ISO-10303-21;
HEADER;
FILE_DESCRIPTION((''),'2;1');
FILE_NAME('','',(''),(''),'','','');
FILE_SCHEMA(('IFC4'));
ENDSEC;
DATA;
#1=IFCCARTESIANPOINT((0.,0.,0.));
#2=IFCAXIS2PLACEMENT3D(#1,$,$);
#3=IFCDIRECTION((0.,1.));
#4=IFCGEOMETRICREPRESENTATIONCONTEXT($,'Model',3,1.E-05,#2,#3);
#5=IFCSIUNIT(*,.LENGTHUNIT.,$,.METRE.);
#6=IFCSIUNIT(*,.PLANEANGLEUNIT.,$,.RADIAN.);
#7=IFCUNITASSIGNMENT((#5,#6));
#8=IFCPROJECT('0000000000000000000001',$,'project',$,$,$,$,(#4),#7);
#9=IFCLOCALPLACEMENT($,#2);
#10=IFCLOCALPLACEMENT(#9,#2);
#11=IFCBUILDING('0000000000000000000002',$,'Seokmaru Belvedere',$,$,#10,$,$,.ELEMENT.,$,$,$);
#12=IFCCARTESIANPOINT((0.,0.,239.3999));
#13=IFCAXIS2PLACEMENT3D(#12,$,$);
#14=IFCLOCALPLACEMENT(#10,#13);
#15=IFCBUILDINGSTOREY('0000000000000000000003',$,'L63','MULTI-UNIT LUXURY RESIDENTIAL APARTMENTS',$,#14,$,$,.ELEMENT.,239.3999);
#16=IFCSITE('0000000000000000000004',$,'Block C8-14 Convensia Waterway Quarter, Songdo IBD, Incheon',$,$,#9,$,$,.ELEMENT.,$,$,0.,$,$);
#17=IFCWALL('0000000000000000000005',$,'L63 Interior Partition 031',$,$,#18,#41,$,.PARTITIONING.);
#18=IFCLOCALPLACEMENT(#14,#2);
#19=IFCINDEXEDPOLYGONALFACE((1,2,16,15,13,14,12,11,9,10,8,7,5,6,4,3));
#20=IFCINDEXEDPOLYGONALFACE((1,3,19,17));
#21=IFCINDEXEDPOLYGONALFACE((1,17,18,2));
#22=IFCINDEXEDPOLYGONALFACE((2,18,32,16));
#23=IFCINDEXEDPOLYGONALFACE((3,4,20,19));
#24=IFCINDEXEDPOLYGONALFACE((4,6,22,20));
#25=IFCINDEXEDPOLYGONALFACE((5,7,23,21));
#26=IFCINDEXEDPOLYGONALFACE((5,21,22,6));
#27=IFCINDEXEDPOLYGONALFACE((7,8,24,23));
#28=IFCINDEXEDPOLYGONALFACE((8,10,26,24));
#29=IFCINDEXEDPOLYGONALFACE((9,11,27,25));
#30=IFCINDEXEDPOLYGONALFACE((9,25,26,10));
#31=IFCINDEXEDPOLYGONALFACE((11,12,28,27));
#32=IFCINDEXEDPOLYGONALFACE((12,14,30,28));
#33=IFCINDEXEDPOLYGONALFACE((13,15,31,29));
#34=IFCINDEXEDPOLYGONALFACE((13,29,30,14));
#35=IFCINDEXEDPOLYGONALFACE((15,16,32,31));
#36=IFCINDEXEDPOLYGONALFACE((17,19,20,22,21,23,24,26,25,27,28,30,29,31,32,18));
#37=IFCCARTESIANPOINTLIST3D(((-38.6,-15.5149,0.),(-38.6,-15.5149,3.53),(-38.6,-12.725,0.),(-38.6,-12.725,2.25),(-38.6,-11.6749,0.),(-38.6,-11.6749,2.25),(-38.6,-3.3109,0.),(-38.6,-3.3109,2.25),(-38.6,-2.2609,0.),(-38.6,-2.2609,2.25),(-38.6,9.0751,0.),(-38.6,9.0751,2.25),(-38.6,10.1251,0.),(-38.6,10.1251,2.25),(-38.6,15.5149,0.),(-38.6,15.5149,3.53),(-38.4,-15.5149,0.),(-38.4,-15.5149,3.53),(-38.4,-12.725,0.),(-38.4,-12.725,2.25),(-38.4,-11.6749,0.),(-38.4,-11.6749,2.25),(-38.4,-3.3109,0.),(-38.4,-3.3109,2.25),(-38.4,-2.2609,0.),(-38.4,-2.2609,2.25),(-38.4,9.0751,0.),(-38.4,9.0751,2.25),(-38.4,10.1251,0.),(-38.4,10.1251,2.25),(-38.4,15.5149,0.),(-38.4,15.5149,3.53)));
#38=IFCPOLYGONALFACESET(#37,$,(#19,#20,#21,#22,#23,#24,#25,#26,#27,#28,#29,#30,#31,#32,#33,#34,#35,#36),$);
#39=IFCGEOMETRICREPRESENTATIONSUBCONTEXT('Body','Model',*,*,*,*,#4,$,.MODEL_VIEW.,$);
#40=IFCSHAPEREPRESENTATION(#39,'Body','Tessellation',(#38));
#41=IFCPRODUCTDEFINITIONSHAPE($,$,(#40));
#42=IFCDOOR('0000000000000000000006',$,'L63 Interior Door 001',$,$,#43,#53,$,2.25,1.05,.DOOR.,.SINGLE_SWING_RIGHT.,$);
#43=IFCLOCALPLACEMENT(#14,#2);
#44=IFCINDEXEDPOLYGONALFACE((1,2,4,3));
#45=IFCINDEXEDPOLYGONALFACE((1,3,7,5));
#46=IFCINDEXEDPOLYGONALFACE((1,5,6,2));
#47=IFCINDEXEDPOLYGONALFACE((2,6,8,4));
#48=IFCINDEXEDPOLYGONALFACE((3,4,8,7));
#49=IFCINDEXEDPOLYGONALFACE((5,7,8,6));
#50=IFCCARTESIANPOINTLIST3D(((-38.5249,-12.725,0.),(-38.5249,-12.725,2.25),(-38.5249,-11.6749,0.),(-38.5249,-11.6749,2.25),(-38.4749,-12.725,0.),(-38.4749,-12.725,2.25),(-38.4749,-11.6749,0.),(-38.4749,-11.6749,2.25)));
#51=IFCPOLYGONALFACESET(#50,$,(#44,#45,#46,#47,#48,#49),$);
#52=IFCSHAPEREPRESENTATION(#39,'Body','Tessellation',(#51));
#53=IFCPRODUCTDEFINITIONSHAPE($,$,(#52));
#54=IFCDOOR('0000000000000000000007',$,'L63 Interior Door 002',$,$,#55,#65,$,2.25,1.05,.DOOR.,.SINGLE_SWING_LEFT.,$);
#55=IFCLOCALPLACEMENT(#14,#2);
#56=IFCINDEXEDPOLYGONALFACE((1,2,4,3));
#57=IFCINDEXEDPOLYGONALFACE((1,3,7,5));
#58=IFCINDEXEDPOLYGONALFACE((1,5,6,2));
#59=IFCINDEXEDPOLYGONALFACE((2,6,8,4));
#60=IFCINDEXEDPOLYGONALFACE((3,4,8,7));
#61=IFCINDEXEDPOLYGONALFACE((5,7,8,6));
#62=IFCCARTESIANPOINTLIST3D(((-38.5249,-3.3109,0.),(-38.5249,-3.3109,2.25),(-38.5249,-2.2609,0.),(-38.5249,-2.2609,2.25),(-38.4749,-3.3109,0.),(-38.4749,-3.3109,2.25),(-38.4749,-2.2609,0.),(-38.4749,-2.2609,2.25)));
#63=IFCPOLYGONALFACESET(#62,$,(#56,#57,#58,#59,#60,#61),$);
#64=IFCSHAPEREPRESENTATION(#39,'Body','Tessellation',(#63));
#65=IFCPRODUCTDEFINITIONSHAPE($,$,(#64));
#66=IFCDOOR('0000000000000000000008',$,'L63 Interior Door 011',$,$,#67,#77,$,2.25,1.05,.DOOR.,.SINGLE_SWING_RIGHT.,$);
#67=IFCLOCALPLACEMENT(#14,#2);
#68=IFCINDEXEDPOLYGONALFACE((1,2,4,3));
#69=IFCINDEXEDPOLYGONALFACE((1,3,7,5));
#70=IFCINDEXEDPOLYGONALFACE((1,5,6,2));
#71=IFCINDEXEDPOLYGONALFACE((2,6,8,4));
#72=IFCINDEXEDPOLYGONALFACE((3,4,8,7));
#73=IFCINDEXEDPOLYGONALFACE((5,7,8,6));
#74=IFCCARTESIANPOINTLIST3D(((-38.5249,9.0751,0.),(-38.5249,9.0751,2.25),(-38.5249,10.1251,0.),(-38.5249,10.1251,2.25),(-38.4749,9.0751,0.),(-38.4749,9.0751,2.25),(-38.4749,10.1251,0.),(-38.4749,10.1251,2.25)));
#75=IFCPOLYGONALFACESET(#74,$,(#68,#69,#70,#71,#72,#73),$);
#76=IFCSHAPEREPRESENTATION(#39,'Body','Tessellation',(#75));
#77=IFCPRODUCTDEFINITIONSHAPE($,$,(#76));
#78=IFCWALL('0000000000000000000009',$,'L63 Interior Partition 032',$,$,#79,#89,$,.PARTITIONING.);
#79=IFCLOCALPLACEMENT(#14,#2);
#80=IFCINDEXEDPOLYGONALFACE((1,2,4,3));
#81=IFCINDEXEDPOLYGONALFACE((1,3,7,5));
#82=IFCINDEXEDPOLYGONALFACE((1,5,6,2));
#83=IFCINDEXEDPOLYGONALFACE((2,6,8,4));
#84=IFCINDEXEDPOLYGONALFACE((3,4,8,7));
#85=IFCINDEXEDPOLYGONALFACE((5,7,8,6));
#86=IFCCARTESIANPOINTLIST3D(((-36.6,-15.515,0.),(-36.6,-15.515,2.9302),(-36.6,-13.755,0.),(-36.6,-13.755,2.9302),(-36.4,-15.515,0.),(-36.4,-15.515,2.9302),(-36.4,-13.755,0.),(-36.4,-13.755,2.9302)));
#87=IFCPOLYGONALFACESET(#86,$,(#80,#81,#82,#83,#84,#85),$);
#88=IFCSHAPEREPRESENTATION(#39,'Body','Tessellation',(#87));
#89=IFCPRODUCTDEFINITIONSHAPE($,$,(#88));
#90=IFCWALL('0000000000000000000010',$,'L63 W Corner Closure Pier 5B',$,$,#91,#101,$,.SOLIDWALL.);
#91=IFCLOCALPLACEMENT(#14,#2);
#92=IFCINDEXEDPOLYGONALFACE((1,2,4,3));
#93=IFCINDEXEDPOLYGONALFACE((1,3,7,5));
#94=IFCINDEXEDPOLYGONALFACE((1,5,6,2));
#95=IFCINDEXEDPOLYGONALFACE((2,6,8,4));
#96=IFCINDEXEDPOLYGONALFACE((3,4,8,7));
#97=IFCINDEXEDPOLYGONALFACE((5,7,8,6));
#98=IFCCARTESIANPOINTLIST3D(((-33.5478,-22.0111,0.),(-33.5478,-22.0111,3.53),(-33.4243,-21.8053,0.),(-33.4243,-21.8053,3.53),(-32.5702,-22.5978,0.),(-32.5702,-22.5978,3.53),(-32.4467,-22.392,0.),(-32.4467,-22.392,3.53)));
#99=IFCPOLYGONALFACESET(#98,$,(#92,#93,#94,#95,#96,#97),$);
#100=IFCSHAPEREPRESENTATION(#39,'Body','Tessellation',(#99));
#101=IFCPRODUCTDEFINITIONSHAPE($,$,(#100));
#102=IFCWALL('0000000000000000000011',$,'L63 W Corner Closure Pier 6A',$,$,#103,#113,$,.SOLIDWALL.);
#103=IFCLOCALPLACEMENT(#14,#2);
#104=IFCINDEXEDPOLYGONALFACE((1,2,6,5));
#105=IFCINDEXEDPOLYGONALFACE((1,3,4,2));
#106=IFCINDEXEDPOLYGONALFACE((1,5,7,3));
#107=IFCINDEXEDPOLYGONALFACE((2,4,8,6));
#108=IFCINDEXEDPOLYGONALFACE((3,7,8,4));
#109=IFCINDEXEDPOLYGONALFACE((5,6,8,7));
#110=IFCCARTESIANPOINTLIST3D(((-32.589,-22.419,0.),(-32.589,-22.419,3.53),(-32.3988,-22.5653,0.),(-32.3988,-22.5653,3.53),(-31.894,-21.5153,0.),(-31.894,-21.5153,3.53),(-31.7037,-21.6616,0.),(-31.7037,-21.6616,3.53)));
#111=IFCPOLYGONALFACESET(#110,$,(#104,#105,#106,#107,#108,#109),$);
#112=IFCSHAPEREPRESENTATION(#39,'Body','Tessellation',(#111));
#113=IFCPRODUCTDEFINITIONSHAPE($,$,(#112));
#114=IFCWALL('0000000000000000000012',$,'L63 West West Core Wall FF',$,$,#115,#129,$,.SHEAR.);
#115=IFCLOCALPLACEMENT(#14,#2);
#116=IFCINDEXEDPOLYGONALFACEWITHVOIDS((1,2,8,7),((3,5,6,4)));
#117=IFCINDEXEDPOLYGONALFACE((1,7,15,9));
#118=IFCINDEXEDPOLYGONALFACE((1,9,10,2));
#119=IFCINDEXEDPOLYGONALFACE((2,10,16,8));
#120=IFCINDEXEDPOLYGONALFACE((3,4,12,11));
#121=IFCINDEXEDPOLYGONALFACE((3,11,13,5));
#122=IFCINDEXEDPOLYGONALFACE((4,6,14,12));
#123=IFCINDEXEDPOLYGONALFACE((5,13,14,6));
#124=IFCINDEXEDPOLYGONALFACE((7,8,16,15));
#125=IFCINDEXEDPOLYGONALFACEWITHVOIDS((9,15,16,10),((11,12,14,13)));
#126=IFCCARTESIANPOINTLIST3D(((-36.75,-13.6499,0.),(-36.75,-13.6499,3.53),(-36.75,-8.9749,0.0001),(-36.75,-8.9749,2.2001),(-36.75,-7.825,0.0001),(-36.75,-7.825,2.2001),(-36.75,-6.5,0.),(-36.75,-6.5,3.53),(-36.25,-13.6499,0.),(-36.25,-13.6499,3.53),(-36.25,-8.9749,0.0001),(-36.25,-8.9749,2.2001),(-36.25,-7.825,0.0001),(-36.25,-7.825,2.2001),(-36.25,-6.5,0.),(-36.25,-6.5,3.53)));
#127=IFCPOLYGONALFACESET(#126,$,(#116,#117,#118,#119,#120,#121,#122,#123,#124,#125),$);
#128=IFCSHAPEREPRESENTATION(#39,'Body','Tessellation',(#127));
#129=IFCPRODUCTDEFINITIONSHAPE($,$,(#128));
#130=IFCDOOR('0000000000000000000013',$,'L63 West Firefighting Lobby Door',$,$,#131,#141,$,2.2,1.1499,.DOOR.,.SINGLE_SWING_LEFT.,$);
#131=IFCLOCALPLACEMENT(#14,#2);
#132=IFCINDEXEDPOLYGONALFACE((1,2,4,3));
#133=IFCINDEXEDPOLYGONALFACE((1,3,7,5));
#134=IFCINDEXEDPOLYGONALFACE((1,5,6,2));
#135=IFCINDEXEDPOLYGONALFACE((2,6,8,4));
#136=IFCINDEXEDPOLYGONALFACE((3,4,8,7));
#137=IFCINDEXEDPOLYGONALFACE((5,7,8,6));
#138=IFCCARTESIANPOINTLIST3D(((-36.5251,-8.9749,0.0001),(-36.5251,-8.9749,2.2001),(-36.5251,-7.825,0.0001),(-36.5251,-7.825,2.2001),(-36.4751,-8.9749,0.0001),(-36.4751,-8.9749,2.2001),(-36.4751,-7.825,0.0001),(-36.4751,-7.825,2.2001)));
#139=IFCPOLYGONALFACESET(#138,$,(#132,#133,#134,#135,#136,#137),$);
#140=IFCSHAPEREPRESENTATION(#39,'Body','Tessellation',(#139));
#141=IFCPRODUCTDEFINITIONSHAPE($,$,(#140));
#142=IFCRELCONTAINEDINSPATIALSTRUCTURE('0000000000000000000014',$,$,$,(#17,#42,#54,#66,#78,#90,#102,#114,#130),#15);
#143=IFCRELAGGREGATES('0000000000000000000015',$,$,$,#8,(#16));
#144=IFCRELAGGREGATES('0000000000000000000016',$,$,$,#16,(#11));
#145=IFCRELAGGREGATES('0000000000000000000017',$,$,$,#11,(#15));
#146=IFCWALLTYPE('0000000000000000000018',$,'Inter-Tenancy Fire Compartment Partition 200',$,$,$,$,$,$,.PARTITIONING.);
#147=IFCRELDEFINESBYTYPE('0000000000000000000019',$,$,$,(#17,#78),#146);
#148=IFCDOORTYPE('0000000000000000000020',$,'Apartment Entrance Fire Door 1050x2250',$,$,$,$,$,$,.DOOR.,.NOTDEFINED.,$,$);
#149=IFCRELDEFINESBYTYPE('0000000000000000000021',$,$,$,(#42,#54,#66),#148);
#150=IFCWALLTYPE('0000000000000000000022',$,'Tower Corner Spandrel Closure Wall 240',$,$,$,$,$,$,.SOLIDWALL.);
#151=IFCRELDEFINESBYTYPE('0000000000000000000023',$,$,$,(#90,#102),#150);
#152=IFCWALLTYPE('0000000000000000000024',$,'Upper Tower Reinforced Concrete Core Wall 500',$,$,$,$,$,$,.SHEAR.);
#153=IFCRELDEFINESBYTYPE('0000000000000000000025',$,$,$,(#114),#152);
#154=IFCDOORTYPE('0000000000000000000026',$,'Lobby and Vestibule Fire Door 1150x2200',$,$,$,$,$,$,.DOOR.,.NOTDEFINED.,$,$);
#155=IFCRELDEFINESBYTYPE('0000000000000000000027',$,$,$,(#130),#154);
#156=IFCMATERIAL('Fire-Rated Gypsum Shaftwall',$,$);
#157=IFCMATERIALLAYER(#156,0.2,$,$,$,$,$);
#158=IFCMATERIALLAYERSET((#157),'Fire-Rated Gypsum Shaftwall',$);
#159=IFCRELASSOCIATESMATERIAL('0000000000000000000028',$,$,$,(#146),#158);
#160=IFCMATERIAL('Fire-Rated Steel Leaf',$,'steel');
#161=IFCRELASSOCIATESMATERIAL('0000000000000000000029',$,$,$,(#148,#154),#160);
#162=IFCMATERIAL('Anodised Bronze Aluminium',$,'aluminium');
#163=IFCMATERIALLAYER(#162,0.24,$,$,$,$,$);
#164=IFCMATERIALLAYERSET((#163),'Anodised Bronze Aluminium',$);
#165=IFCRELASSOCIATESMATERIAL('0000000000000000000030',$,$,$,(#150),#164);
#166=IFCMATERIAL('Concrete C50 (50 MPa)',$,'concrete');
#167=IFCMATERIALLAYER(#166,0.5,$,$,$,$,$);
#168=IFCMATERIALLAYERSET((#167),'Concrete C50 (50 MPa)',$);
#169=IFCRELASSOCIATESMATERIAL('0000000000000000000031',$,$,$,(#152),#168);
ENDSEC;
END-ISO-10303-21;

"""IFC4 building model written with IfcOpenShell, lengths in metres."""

from ifc_helpers import new_model, si_unit, direction, frame, frame_2d, origin, place, context, subcontext, project, spatial, rectangle, extrude, source, transform, mapped, material, layer, layer_set, type_object, type_shapes, element, fill, save


model = new_model("IFC4")

# Units and contexts
model_context = context("Model", 3, precision=1e-05, world=origin(), true_north=direction((0.0, 1.0)))
body_context = subcontext(model_context, "Body", "Model", "MODEL_VIEW")
ifc_project = project(units=[si_unit("LENGTHUNIT", "METRE"), si_unit("PLANEANGLEUNIT", "RADIAN")], contexts=[model_context])

# Site, building, storey
site_placement = place(None, origin())
site = spatial("IfcSite", under=ifc_project, at=site_placement, Name="Block C8-14 Convensia Waterway Quarter, Songdo IBD, Incheon", CompositionType="ELEMENT", RefElevation=0.0)
building_placement = place(site_placement, origin())
building = spatial("IfcBuilding", under=site, at=building_placement, Name="Seokmaru Belvedere", CompositionType="ELEMENT")
storey_placement = place(building_placement, frame((0.0, 0.0, 239.3999)))
storey = spatial("IfcBuildingStorey", under=building, at=storey_placement, Name="L63", Description="MULTI-UNIT LUXURY RESIDENTIAL APARTMENTS", CompositionType="ELEMENT", Elevation=239.3999)

# Shared definitions
ifc_material_1 = material(Name="Anodised Bronze Aluminium", Category="aluminium")

# Shared definitions
ifc_material_2 = material(Name="Fire-Rated Gypsum Shaftwall")
ifc_layer_1 = layer(ifc_material_2, 0.2)
ifc_layer_set_1 = layer_set([ifc_layer_1], Name="Fire-Rated Gypsum Shaftwall")
wall_type_1 = type_object("IfcWallType", Name="Inter-Tenancy Fire Compartment Partition 200", PredefinedType="PARTITIONING", material=ifc_layer_set_1)

# Wall, openings, doors
wall_1_placement = place(storey_placement, frame((-38.5, -15.5149, 0.0), z_axis=(0.0, 0.0, 1.0), x_axis=(0.0, 1.0, 0.0)))
wall_1 = element("IfcWall", 1, at=wall_1_placement, inside=storey, type_object=wall_type_1, Name="L63 Interior Partition 031", PredefinedType="PARTITIONING", context=body_context, shape_type="SweptSolid", body=[
    extrude(rectangle(XDim=31.0298, YDim=0.2, at=frame_2d((15.5149, 0.0))), origin(), (0.0, 0.0, 1.0), 3.53),
])
opening_1_placement = place(wall_1_placement, frame((2.79, 0.0, 0.0)))
opening_1 = element("IfcOpeningElement", 2, at=opening_1_placement, cuts=wall_1, PredefinedType="OPENING", context=body_context, shape_type="SweptSolid", body=[
    extrude(rectangle(XDim=1.05, YDim=2.25, at=frame_2d((0.5249, 1.125))), frame((0.0, 0.1099, 0.0), z_axis=(0.0, -1.0, 0.0), x_axis=(1.0, 0.0, 0.0)), (0.0, 0.0, 1.0), 0.22),
])
opening_2_placement = place(wall_1_placement, frame((12.2041, 0.0, 0.0)))
opening_2 = element("IfcOpeningElement", 3, at=opening_2_placement, cuts=wall_1, PredefinedType="OPENING", context=body_context, shape_type="SweptSolid", body=[
    extrude(rectangle(XDim=1.05, YDim=2.25, at=frame_2d((0.5249, 1.125))), frame((0.0, 0.1099, 0.0), z_axis=(0.0, -1.0, 0.0), x_axis=(1.0, 0.0, 0.0)), (0.0, 0.0, 1.0), 0.22),
])
opening_3_placement = place(wall_1_placement, frame((24.5901, 0.0, 0.0)))
opening_3 = element("IfcOpeningElement", 4, at=opening_3_placement, cuts=wall_1, PredefinedType="OPENING", context=body_context, shape_type="SweptSolid", body=[
    extrude(rectangle(XDim=1.05, YDim=2.25, at=frame_2d((0.5249, 1.125))), frame((0.0, 0.1099, 0.0), z_axis=(0.0, -1.0, 0.0), x_axis=(1.0, 0.0, 0.0)), (0.0, 0.0, 1.0), 0.22),
])
ifc_material_3 = material(Name="Fire-Rated Steel Leaf", Category="steel")
door_type_1 = type_object("IfcDoorType", Name="Apartment Entrance Fire Door 1050x2250", OperationType="NOTDEFINED", PredefinedType="DOOR", material=ifc_material_3)
shared_shape_1 = source(origin(), body_context, "Body", "SweptSolid", [
    extrude(rectangle(XDim=1.05, YDim=2.25, at=frame_2d((0.5249, 1.125))), frame((0.0, 0.0249, 0.0), z_axis=(0.0, -1.0, 0.0), x_axis=(1.0, 0.0, 0.0)), (0.0, 0.0, 1.0), 0.05),
])
type_shapes(door_type_1, [shared_shape_1])
door_1_placement = place(opening_1_placement, origin())
door_1 = element("IfcDoor", 5, at=door_1_placement, inside=storey, type_object=door_type_1, Name="L63 Interior Door 001", OperationType="SINGLE_SWING_RIGHT", OverallHeight=2.25, OverallWidth=1.05, PredefinedType="DOOR", context=body_context, shape_type="MappedRepresentation", body=[
    mapped(shared_shape_1, transform((0.0, 0.0, 0.0), scale=1.0)),
])
fill(opening_1, door_1)
door_2_placement = place(opening_2_placement, origin())
door_2 = element("IfcDoor", 6, at=door_2_placement, inside=storey, type_object=door_type_1, Name="L63 Interior Door 002", OperationType="SINGLE_SWING_LEFT", OverallHeight=2.25, OverallWidth=1.05, PredefinedType="DOOR", context=body_context, shape_type="MappedRepresentation", body=[
    mapped(shared_shape_1, transform((0.0, 0.0, 0.0), scale=1.0)),
])
fill(opening_2, door_2)
door_3_placement = place(opening_3_placement, origin())
door_3 = element("IfcDoor", 7, at=door_3_placement, inside=storey, type_object=door_type_1, Name="L63 Interior Door 011", OperationType="SINGLE_SWING_RIGHT", OverallHeight=2.25, OverallWidth=1.05, PredefinedType="DOOR", context=body_context, shape_type="MappedRepresentation", body=[
    mapped(shared_shape_1, transform((0.0, 0.0, 0.0), scale=1.0)),
])
fill(opening_3, door_3)

# Walls
wall_2_placement = place(storey_placement, frame((-36.5, -15.5149, 0.0), z_axis=(0.0, 0.0, 1.0), x_axis=(0.0, 1.0, 0.0)))
element("IfcWall", 8, at=wall_2_placement, inside=storey, type_object=wall_type_1, Name="L63 Interior Partition 032", PredefinedType="PARTITIONING", context=body_context, shape_type="SweptSolid", body=[
    extrude(rectangle(XDim=1.76, YDim=0.2, at=frame_2d((0.8799, 0.0))), origin(), (0.0, 0.0, 1.0), 2.9302),
])
ifc_layer_2 = layer(ifc_material_1, 0.24)
ifc_layer_set_2 = layer_set([ifc_layer_2], Name="Anodised Bronze Aluminium")
wall_type_2 = type_object("IfcWallType", Name="Tower Corner Spandrel Closure Wall 240", PredefinedType="SOLIDWALL", material=ifc_layer_set_2)
for number, where, z_axis, x_axis, name in (
    (9, (-33.4861, -21.9082, 0.0), (0.0, 0.0, 1.0), (0.857436, -0.51459, 0.0), "L63 W Corner Closure Pier 5B"),
    (10, (-32.4939, -22.4922, 0.0), (0.0, 0.0, 1.0), (0.609618, 0.792696, 0.0), "L63 W Corner Closure Pier 6A"),
):
    element("IfcWall", number, at=place(storey_placement, frame(where, z_axis=z_axis, x_axis=x_axis)), inside=storey, type_object=wall_type_2, Name=name, PredefinedType="SOLIDWALL", context=body_context, shape_type="SweptSolid", body=[
        extrude(rectangle(XDim=1.1401, YDim=0.24, at=frame_2d((0.5701, 0.0))), origin(), (0.0, 0.0, 1.0), 3.53),
    ])

# Wall, opening, door
ifc_material_4 = material(Name="Concrete C50 (50 MPa)", Category="concrete")
ifc_layer_3 = layer(ifc_material_4, 0.5)
ifc_layer_set_3 = layer_set([ifc_layer_3], Name="Concrete C50 (50 MPa)")
wall_type_3 = type_object("IfcWallType", Name="Upper Tower Reinforced Concrete Core Wall 500", PredefinedType="SHEAR", material=ifc_layer_set_3)
wall_3_placement = place(storey_placement, frame((-36.5, -13.6499, 0.0), z_axis=(0.0, 0.0, 1.0), x_axis=(0.0, 1.0, 0.0)))
wall_3 = element("IfcWall", 11, at=wall_3_placement, inside=storey, type_object=wall_type_3, Name="L63 West West Core Wall FF", PredefinedType="SHEAR", context=body_context, shape_type="SweptSolid", body=[
    extrude(rectangle(XDim=7.1499, YDim=0.5, at=frame_2d((3.575, 0.0))), origin(), (0.0, 0.0, 1.0), 3.53),
])
opening_4_placement = place(wall_3_placement, frame((4.675, 0.0, 0.0)))
opening_4 = element("IfcOpeningElement", 12, at=opening_4_placement, cuts=wall_3, PredefinedType="OPENING", context=body_context, shape_type="SweptSolid", body=[
    extrude(rectangle(XDim=1.1499, YDim=2.2, at=frame_2d((0.575, 1.1001))), frame((0.0, 0.26, 0.0), z_axis=(0.0, -1.0, 0.0), x_axis=(1.0, 0.0, 0.0)), (0.0, 0.0, 1.0), 0.52),
])
door_type_2 = type_object("IfcDoorType", Name="Lobby and Vestibule Fire Door 1150x2200", OperationType="NOTDEFINED", PredefinedType="DOOR", material=ifc_material_3)
shared_shape_2 = source(origin(), body_context, "Body", "SweptSolid", [
    extrude(rectangle(XDim=1.1499, YDim=2.2, at=frame_2d((0.575, 1.1001))), frame((0.0, 0.0249, 0.0), z_axis=(0.0, -1.0, 0.0), x_axis=(1.0, 0.0, 0.0)), (0.0, 0.0, 1.0), 0.05),
])
type_shapes(door_type_2, [shared_shape_2])
door_4_placement = place(opening_4_placement, frame((1.1499, 0.0, 0.0), z_axis=(0.0, 0.0, 1.0), x_axis=(-1.0, 0.0, 0.0)))
door_4 = element("IfcDoor", 13, at=door_4_placement, inside=storey, type_object=door_type_2, Name="L63 West Firefighting Lobby Door", OperationType="SINGLE_SWING_LEFT", OverallHeight=2.2, OverallWidth=1.1499, PredefinedType="DOOR", context=body_context, shape_type="MappedRepresentation", body=[
    mapped(shared_shape_2, transform((0.0, 0.0, 0.0), scale=1.0)),
])
fill(opening_4, door_4)

save(model, "model.ifc")
